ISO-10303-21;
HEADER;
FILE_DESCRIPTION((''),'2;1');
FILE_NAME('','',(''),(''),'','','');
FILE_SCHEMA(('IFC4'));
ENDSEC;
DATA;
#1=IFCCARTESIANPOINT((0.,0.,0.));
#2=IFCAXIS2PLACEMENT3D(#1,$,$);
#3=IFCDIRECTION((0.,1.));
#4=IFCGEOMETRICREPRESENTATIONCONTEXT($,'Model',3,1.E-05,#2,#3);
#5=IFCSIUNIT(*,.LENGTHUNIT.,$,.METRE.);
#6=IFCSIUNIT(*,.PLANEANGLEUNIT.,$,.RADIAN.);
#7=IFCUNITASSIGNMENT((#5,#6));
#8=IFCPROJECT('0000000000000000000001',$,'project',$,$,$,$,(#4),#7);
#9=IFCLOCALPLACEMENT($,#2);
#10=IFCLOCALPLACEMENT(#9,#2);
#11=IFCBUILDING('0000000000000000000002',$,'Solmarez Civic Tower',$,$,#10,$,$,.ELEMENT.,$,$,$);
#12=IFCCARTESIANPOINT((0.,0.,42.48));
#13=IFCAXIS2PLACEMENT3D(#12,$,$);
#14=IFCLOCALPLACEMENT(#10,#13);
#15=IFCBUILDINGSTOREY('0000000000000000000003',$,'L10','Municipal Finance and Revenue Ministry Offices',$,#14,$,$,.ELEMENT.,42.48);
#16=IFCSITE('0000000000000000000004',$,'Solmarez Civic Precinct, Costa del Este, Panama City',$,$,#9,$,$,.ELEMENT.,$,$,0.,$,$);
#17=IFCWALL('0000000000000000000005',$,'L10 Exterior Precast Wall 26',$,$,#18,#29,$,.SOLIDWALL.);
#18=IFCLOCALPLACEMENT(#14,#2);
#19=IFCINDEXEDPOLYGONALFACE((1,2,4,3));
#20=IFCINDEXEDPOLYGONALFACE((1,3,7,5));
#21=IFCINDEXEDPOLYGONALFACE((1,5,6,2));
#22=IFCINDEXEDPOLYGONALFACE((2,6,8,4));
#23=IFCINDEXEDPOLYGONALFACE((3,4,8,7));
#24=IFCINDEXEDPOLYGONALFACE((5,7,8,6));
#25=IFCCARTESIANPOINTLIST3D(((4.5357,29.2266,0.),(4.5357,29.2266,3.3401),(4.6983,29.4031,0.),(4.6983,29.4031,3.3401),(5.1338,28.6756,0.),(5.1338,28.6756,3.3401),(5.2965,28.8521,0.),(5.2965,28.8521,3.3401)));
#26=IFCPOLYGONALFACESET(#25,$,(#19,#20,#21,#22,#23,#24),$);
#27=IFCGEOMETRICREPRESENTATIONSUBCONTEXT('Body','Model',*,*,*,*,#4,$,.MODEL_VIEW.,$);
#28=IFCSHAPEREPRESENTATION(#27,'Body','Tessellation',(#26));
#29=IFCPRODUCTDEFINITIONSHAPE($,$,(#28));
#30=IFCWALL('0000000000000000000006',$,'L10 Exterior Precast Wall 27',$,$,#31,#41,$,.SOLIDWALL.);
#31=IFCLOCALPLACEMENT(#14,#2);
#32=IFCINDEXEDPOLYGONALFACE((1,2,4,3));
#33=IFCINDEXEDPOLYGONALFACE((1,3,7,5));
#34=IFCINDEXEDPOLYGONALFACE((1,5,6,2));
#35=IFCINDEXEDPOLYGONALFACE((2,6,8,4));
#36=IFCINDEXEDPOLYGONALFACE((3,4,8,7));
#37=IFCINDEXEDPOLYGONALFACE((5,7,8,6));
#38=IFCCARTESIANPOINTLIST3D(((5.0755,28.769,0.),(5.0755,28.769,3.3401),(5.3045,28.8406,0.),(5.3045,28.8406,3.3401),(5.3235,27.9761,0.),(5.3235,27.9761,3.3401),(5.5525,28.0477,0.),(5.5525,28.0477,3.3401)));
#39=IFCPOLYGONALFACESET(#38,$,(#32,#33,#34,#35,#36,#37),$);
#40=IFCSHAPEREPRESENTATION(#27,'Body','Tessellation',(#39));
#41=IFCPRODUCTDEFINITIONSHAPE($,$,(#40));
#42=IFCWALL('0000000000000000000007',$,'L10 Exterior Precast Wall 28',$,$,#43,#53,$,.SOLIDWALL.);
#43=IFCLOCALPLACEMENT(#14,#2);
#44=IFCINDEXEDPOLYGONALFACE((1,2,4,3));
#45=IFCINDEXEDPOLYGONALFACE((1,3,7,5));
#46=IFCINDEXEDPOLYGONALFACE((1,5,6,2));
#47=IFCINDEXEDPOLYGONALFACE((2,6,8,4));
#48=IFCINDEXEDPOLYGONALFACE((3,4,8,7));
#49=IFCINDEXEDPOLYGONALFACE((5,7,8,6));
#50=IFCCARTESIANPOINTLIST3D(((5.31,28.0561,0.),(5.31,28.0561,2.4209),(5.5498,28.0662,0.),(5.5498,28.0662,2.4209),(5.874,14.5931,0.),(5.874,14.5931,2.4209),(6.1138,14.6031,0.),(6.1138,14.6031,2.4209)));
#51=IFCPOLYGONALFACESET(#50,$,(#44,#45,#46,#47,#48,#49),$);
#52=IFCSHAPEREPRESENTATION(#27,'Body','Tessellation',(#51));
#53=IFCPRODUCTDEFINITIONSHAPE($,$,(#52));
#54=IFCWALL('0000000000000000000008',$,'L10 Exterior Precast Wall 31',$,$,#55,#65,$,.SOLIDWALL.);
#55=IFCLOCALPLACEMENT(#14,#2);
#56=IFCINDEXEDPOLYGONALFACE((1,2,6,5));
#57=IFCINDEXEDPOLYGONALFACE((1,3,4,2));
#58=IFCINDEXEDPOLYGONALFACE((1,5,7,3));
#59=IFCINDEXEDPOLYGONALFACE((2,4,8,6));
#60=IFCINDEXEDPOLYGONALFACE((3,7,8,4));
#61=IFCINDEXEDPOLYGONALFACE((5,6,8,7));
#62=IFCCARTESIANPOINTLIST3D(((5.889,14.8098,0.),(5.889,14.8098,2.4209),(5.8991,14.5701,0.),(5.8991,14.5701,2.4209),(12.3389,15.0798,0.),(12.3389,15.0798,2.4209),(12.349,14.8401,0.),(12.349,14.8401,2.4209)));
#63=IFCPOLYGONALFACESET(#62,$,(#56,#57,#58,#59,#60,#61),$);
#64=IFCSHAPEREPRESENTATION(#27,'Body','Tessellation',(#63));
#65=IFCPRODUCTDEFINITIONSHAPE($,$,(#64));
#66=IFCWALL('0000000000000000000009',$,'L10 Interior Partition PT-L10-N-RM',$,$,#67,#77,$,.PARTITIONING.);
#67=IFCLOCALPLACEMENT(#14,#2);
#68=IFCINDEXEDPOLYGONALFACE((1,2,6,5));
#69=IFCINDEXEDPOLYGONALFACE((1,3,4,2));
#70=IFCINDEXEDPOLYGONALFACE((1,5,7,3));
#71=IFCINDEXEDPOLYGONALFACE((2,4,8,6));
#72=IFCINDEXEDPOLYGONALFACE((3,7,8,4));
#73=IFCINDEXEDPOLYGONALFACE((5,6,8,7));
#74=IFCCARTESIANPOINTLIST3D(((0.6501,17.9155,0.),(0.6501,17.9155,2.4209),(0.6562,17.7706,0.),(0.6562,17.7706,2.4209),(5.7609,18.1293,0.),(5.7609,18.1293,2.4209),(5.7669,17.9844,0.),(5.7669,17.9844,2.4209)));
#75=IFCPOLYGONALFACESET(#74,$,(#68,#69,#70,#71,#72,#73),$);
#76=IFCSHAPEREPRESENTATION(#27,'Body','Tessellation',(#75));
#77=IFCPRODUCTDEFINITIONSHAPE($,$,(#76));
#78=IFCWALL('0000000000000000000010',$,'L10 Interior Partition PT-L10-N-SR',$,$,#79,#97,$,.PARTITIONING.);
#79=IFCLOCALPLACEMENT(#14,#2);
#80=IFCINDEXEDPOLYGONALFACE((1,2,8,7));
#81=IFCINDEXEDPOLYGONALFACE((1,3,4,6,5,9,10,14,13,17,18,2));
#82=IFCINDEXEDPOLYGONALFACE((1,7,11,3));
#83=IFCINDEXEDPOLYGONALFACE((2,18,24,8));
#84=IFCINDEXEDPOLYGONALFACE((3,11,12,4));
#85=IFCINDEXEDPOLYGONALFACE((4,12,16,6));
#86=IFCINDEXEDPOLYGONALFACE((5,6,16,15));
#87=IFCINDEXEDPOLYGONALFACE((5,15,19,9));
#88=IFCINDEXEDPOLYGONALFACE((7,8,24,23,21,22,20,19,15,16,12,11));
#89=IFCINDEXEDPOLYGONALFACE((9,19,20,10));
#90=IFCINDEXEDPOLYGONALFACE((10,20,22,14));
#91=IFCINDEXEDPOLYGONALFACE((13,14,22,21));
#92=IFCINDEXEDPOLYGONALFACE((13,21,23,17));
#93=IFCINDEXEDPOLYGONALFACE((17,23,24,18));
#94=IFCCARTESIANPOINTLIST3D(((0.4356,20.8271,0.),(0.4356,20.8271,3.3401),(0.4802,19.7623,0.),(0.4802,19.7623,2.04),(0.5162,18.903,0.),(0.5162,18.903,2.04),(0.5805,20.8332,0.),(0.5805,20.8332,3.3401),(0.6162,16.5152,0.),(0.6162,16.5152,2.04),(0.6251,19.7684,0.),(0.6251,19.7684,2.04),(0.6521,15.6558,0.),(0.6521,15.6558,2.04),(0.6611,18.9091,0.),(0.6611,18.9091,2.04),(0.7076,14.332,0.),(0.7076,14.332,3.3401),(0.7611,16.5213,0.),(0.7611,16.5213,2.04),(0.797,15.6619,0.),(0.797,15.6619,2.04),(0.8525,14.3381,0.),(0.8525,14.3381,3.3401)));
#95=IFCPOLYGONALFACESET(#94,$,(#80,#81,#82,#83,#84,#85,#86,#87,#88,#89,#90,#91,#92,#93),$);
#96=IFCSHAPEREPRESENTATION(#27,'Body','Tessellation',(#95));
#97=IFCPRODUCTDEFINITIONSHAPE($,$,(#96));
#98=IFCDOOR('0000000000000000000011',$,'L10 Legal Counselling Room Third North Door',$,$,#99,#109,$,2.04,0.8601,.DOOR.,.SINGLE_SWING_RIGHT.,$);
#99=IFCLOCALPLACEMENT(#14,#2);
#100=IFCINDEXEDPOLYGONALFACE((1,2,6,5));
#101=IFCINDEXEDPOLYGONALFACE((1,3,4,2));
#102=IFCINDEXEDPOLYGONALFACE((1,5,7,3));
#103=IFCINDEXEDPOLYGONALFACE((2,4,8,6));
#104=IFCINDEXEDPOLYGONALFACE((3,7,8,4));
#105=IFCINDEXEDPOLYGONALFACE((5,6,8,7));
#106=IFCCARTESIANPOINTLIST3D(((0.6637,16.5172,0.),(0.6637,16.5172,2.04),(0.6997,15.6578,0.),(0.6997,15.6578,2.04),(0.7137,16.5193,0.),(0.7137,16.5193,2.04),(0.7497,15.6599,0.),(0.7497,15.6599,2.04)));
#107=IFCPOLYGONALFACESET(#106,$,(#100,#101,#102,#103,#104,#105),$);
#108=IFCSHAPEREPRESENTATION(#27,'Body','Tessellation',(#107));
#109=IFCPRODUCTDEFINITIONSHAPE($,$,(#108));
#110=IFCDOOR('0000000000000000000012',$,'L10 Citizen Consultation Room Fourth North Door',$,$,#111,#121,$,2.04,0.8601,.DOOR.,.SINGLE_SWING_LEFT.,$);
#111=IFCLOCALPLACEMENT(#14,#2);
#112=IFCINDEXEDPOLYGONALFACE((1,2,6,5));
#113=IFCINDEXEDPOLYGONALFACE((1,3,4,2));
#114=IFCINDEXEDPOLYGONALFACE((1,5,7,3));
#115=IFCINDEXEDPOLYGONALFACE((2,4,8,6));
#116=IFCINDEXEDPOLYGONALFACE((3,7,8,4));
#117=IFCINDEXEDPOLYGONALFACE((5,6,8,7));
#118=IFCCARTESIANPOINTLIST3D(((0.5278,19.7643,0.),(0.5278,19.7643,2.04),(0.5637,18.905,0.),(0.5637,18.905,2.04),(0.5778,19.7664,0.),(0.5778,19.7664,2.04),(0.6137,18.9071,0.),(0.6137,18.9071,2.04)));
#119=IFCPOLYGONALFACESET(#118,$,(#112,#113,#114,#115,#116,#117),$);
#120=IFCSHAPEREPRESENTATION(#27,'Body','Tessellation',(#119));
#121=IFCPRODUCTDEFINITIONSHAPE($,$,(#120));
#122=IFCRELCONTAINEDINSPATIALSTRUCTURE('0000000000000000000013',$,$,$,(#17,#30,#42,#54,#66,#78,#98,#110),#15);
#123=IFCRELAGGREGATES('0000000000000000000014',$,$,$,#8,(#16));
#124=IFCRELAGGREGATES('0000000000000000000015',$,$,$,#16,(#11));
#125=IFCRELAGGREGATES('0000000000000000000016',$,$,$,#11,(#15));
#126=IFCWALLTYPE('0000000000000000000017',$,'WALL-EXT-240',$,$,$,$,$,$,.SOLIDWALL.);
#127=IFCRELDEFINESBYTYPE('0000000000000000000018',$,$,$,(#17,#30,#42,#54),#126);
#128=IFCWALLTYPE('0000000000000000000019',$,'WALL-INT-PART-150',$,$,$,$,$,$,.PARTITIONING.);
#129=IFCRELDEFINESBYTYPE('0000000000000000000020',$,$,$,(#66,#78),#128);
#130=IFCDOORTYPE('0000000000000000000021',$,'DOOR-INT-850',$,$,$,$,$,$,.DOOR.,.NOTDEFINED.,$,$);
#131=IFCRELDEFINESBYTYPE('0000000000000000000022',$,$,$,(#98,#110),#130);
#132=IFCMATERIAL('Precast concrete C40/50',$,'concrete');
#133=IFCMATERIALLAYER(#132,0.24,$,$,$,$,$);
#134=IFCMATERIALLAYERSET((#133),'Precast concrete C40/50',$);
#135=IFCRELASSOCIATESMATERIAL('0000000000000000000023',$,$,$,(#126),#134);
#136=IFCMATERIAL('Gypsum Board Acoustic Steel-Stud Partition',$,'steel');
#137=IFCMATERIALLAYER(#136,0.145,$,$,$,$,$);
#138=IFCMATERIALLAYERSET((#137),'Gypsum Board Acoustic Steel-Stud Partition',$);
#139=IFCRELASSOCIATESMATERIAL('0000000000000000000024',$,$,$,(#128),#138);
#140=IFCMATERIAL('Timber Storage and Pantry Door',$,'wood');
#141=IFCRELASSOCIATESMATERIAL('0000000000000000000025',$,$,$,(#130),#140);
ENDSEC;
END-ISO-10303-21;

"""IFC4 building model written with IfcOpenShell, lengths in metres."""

from ifc_helpers import new_model, si_unit, direction, frame, frame_2d, origin, place, context, subcontext, project, spatial, rectangle, extrude, material, layer, layer_set, type_object, element, fill, save


model = new_model("IFC4")

# Units and contexts
model_context = context("Model", 3, precision=1e-05, world=origin(), true_north=direction((0.0, 1.0)))
body_context = subcontext(model_context, "Body", "Model", "MODEL_VIEW")
ifc_project = project(units=[si_unit("LENGTHUNIT", "METRE"), si_unit("PLANEANGLEUNIT", "RADIAN")], contexts=[model_context])

# Site, building, storey
site_placement = place(None, origin())
site = spatial("IfcSite", under=ifc_project, at=site_placement, Name="Solmarez Civic Precinct, Costa del Este, Panama City", CompositionType="ELEMENT", RefElevation=0.0)
building_placement = place(site_placement, origin())
building = spatial("IfcBuilding", under=site, at=building_placement, Name="Solmarez Civic Tower", CompositionType="ELEMENT")
storey_placement = place(building_placement, frame((0.0, 0.0, 42.48)))
storey = spatial("IfcBuildingStorey", under=building, at=storey_placement, Name="L10", Description="Municipal Finance and Revenue Ministry Offices", CompositionType="ELEMENT", Elevation=42.48)

# Walls
ifc_material_1 = material(Name="Precast concrete C40/50", Category="concrete")
ifc_layer_1 = layer(ifc_material_1, 0.24)
ifc_layer_set_1 = layer_set([ifc_layer_1], Name="Precast concrete C40/50")
wall_type_1 = type_object("IfcWallType", Name="WALL-EXT-240", PredefinedType="SOLIDWALL", material=ifc_layer_set_1)
wall_1_placement = place(storey_placement, frame((4.6169, 29.3149, 0.0), z_axis=(0.0, 0.0, 1.0), x_axis=(0.735482, -0.677544, 0.0)))
element("IfcWall", 1, at=wall_1_placement, inside=storey, type_object=wall_type_1, Name="L10 Exterior Precast Wall 26", PredefinedType="SOLIDWALL", context=body_context, shape_type="SweptSolid", body=[
    extrude(rectangle(XDim=0.8132, YDim=0.24, at=frame_2d((0.4067, 0.0))), origin(), (0.0, 0.0, 1.0), 3.3401),
])
wall_2_placement = place(storey_placement, frame((5.1899, 28.8049, 0.0), z_axis=(0.0, 0.0, 1.0), x_axis=(0.298543, -0.954396, 0.0)))
element("IfcWall", 2, at=wall_2_placement, inside=storey, type_object=wall_type_1, Name="L10 Exterior Precast Wall 27", PredefinedType="SOLIDWALL", context=body_context, shape_type="SweptSolid", body=[
    extrude(rectangle(XDim=0.8308, YDim=0.24, at=frame_2d((0.4155, 0.0))), origin(), (0.0, 0.0, 1.0), 3.3401),
])
wall_3_placement = place(storey_placement, frame((5.4299, 28.061, 0.0), z_axis=(0.0, 0.0, 1.0), x_axis=(0.041853, -0.999124, 0.0)))
element("IfcWall", 3, at=wall_3_placement, inside=storey, type_object=wall_type_1, Name="L10 Exterior Precast Wall 28", PredefinedType="SOLIDWALL", context=body_context, shape_type="SweptSolid", body=[
    extrude(rectangle(XDim=13.4749, YDim=0.24, at=frame_2d((6.7373, 0.0))), origin(), (0.0, 0.0, 1.0), 2.4209),
])
wall_4_placement = place(storey_placement, frame((5.894, 14.6899, 0.0), z_axis=(0.0, 0.0, 1.0), x_axis=(0.999125, 0.041827, 0.0)))
element("IfcWall", 4, at=wall_4_placement, inside=storey, type_object=wall_type_1, Name="L10 Exterior Precast Wall 31", PredefinedType="SOLIDWALL", context=body_context, shape_type="SweptSolid", body=[
    extrude(rectangle(XDim=6.4556, YDim=0.24, at=frame_2d((3.2278, 0.0))), origin(), (0.0, 0.0, 1.0), 2.4209),
])
ifc_material_2 = material(Name="Gypsum Board Acoustic Steel-Stud Partition", Category="steel")
ifc_layer_2 = layer(ifc_material_2, 0.145)
ifc_layer_set_2 = layer_set([ifc_layer_2], Name="Gypsum Board Acoustic Steel-Stud Partition")
wall_type_2 = type_object("IfcWallType", Name="WALL-INT-PART-150", PredefinedType="PARTITIONING", material=ifc_layer_set_2)
wall_5_placement = place(storey_placement, frame((5.7639, 18.0569, 0.0), z_axis=(0.0, 0.0, 1.0), x_axis=(-0.999126, -0.041809, 0.0)))
element("IfcWall", 5, at=wall_5_placement, inside=storey, type_object=wall_type_2, Name="L10 Interior Partition PT-L10-N-RM", PredefinedType="PARTITIONING", context=body_context, shape_type="SweptSolid", body=[
    extrude(rectangle(XDim=5.1152, YDim=0.145, at=frame_2d((2.5576, 0.0))), origin(), (0.0, 0.0, 1.0), 2.4209),
])

# Wall, openings, doors
wall_6_placement = place(storey_placement, frame((0.78, 14.335, 0.0), z_axis=(0.0, 0.0, 1.0), x_axis=(-0.041837, 0.999124, 0.0)))
wall_6 = element("IfcWall", 6, at=wall_6_placement, inside=storey, type_object=wall_type_2, Name="L10 Interior Partition PT-L10-N-SR", PredefinedType="PARTITIONING", context=body_context, shape_type="SweptSolid", body=[
    extrude(rectangle(XDim=6.5007, YDim=0.145, at=frame_2d((3.2505, 0.0))), origin(), (0.0, 0.0, 1.0), 3.3401),
])
opening_1_placement = place(wall_6_placement, frame((1.325, 0.0, 0.0)))
opening_1 = element("IfcOpeningElement", 7, at=opening_1_placement, cuts=wall_6, PredefinedType="OPENING", context=body_context, shape_type="SweptSolid", body=[
    extrude(rectangle(XDim=0.8601, YDim=2.04, at=frame_2d((0.4302, 1.02))), frame((0.0, 0.0825, 0.0), z_axis=(0.0, -1.0, 0.0), x_axis=(1.0, 0.0, 0.0)), (0.0, 0.0, 1.0), 0.165),
])
opening_2_placement = place(wall_6_placement, frame((4.575, 0.0, 0.0)))
opening_2 = element("IfcOpeningElement", 8, at=opening_2_placement, cuts=wall_6, PredefinedType="OPENING", context=body_context, shape_type="SweptSolid", body=[
    extrude(rectangle(XDim=0.8601, YDim=2.04, at=frame_2d((0.4302, 1.02))), frame((0.0, 0.0825, 0.0), z_axis=(0.0, -1.0, 0.0), x_axis=(1.0, 0.0, 0.0)), (0.0, 0.0, 1.0), 0.165),
])
ifc_material_3 = material(Name="Timber Storage and Pantry Door", Category="wood")
door_type = type_object("IfcDoorType", Name="DOOR-INT-850", OperationType="NOTDEFINED", PredefinedType="DOOR", material=ifc_material_3)
door_1_placement = place(opening_1_placement, origin())
door_1 = element("IfcDoor", 9, at=door_1_placement, inside=storey, type_object=door_type, Name="L10 Legal Counselling Room Third North Door", OperationType="SINGLE_SWING_RIGHT", OverallHeight=2.04, OverallWidth=0.8601, PredefinedType="DOOR", context=body_context, shape_type="SweptSolid", body=[
    extrude(rectangle(XDim=0.8601, YDim=2.04, at=frame_2d((0.4302, 1.02))), frame((0.0, 0.0249, 0.0), z_axis=(0.0, -1.0, 0.0), x_axis=(1.0, 0.0, 0.0)), (0.0, 0.0, 1.0), 0.05),
])
fill(opening_1, door_1)
door_2_placement = place(opening_2_placement, origin())
door_2 = element("IfcDoor", 10, at=door_2_placement, inside=storey, type_object=door_type, Name="L10 Citizen Consultation Room Fourth North Door", OperationType="SINGLE_SWING_LEFT", OverallHeight=2.04, OverallWidth=0.8601, PredefinedType="DOOR", context=body_context, shape_type="SweptSolid", body=[
    extrude(rectangle(XDim=0.8601, YDim=2.04, at=frame_2d((0.4302, 1.02))), frame((0.0, 0.0249, 0.0), z_axis=(0.0, -1.0, 0.0), x_axis=(1.0, 0.0, 0.0)), (0.0, 0.0, 1.0), 0.05),
])
fill(opening_2, door_2)

save(model, "model.ifc")
